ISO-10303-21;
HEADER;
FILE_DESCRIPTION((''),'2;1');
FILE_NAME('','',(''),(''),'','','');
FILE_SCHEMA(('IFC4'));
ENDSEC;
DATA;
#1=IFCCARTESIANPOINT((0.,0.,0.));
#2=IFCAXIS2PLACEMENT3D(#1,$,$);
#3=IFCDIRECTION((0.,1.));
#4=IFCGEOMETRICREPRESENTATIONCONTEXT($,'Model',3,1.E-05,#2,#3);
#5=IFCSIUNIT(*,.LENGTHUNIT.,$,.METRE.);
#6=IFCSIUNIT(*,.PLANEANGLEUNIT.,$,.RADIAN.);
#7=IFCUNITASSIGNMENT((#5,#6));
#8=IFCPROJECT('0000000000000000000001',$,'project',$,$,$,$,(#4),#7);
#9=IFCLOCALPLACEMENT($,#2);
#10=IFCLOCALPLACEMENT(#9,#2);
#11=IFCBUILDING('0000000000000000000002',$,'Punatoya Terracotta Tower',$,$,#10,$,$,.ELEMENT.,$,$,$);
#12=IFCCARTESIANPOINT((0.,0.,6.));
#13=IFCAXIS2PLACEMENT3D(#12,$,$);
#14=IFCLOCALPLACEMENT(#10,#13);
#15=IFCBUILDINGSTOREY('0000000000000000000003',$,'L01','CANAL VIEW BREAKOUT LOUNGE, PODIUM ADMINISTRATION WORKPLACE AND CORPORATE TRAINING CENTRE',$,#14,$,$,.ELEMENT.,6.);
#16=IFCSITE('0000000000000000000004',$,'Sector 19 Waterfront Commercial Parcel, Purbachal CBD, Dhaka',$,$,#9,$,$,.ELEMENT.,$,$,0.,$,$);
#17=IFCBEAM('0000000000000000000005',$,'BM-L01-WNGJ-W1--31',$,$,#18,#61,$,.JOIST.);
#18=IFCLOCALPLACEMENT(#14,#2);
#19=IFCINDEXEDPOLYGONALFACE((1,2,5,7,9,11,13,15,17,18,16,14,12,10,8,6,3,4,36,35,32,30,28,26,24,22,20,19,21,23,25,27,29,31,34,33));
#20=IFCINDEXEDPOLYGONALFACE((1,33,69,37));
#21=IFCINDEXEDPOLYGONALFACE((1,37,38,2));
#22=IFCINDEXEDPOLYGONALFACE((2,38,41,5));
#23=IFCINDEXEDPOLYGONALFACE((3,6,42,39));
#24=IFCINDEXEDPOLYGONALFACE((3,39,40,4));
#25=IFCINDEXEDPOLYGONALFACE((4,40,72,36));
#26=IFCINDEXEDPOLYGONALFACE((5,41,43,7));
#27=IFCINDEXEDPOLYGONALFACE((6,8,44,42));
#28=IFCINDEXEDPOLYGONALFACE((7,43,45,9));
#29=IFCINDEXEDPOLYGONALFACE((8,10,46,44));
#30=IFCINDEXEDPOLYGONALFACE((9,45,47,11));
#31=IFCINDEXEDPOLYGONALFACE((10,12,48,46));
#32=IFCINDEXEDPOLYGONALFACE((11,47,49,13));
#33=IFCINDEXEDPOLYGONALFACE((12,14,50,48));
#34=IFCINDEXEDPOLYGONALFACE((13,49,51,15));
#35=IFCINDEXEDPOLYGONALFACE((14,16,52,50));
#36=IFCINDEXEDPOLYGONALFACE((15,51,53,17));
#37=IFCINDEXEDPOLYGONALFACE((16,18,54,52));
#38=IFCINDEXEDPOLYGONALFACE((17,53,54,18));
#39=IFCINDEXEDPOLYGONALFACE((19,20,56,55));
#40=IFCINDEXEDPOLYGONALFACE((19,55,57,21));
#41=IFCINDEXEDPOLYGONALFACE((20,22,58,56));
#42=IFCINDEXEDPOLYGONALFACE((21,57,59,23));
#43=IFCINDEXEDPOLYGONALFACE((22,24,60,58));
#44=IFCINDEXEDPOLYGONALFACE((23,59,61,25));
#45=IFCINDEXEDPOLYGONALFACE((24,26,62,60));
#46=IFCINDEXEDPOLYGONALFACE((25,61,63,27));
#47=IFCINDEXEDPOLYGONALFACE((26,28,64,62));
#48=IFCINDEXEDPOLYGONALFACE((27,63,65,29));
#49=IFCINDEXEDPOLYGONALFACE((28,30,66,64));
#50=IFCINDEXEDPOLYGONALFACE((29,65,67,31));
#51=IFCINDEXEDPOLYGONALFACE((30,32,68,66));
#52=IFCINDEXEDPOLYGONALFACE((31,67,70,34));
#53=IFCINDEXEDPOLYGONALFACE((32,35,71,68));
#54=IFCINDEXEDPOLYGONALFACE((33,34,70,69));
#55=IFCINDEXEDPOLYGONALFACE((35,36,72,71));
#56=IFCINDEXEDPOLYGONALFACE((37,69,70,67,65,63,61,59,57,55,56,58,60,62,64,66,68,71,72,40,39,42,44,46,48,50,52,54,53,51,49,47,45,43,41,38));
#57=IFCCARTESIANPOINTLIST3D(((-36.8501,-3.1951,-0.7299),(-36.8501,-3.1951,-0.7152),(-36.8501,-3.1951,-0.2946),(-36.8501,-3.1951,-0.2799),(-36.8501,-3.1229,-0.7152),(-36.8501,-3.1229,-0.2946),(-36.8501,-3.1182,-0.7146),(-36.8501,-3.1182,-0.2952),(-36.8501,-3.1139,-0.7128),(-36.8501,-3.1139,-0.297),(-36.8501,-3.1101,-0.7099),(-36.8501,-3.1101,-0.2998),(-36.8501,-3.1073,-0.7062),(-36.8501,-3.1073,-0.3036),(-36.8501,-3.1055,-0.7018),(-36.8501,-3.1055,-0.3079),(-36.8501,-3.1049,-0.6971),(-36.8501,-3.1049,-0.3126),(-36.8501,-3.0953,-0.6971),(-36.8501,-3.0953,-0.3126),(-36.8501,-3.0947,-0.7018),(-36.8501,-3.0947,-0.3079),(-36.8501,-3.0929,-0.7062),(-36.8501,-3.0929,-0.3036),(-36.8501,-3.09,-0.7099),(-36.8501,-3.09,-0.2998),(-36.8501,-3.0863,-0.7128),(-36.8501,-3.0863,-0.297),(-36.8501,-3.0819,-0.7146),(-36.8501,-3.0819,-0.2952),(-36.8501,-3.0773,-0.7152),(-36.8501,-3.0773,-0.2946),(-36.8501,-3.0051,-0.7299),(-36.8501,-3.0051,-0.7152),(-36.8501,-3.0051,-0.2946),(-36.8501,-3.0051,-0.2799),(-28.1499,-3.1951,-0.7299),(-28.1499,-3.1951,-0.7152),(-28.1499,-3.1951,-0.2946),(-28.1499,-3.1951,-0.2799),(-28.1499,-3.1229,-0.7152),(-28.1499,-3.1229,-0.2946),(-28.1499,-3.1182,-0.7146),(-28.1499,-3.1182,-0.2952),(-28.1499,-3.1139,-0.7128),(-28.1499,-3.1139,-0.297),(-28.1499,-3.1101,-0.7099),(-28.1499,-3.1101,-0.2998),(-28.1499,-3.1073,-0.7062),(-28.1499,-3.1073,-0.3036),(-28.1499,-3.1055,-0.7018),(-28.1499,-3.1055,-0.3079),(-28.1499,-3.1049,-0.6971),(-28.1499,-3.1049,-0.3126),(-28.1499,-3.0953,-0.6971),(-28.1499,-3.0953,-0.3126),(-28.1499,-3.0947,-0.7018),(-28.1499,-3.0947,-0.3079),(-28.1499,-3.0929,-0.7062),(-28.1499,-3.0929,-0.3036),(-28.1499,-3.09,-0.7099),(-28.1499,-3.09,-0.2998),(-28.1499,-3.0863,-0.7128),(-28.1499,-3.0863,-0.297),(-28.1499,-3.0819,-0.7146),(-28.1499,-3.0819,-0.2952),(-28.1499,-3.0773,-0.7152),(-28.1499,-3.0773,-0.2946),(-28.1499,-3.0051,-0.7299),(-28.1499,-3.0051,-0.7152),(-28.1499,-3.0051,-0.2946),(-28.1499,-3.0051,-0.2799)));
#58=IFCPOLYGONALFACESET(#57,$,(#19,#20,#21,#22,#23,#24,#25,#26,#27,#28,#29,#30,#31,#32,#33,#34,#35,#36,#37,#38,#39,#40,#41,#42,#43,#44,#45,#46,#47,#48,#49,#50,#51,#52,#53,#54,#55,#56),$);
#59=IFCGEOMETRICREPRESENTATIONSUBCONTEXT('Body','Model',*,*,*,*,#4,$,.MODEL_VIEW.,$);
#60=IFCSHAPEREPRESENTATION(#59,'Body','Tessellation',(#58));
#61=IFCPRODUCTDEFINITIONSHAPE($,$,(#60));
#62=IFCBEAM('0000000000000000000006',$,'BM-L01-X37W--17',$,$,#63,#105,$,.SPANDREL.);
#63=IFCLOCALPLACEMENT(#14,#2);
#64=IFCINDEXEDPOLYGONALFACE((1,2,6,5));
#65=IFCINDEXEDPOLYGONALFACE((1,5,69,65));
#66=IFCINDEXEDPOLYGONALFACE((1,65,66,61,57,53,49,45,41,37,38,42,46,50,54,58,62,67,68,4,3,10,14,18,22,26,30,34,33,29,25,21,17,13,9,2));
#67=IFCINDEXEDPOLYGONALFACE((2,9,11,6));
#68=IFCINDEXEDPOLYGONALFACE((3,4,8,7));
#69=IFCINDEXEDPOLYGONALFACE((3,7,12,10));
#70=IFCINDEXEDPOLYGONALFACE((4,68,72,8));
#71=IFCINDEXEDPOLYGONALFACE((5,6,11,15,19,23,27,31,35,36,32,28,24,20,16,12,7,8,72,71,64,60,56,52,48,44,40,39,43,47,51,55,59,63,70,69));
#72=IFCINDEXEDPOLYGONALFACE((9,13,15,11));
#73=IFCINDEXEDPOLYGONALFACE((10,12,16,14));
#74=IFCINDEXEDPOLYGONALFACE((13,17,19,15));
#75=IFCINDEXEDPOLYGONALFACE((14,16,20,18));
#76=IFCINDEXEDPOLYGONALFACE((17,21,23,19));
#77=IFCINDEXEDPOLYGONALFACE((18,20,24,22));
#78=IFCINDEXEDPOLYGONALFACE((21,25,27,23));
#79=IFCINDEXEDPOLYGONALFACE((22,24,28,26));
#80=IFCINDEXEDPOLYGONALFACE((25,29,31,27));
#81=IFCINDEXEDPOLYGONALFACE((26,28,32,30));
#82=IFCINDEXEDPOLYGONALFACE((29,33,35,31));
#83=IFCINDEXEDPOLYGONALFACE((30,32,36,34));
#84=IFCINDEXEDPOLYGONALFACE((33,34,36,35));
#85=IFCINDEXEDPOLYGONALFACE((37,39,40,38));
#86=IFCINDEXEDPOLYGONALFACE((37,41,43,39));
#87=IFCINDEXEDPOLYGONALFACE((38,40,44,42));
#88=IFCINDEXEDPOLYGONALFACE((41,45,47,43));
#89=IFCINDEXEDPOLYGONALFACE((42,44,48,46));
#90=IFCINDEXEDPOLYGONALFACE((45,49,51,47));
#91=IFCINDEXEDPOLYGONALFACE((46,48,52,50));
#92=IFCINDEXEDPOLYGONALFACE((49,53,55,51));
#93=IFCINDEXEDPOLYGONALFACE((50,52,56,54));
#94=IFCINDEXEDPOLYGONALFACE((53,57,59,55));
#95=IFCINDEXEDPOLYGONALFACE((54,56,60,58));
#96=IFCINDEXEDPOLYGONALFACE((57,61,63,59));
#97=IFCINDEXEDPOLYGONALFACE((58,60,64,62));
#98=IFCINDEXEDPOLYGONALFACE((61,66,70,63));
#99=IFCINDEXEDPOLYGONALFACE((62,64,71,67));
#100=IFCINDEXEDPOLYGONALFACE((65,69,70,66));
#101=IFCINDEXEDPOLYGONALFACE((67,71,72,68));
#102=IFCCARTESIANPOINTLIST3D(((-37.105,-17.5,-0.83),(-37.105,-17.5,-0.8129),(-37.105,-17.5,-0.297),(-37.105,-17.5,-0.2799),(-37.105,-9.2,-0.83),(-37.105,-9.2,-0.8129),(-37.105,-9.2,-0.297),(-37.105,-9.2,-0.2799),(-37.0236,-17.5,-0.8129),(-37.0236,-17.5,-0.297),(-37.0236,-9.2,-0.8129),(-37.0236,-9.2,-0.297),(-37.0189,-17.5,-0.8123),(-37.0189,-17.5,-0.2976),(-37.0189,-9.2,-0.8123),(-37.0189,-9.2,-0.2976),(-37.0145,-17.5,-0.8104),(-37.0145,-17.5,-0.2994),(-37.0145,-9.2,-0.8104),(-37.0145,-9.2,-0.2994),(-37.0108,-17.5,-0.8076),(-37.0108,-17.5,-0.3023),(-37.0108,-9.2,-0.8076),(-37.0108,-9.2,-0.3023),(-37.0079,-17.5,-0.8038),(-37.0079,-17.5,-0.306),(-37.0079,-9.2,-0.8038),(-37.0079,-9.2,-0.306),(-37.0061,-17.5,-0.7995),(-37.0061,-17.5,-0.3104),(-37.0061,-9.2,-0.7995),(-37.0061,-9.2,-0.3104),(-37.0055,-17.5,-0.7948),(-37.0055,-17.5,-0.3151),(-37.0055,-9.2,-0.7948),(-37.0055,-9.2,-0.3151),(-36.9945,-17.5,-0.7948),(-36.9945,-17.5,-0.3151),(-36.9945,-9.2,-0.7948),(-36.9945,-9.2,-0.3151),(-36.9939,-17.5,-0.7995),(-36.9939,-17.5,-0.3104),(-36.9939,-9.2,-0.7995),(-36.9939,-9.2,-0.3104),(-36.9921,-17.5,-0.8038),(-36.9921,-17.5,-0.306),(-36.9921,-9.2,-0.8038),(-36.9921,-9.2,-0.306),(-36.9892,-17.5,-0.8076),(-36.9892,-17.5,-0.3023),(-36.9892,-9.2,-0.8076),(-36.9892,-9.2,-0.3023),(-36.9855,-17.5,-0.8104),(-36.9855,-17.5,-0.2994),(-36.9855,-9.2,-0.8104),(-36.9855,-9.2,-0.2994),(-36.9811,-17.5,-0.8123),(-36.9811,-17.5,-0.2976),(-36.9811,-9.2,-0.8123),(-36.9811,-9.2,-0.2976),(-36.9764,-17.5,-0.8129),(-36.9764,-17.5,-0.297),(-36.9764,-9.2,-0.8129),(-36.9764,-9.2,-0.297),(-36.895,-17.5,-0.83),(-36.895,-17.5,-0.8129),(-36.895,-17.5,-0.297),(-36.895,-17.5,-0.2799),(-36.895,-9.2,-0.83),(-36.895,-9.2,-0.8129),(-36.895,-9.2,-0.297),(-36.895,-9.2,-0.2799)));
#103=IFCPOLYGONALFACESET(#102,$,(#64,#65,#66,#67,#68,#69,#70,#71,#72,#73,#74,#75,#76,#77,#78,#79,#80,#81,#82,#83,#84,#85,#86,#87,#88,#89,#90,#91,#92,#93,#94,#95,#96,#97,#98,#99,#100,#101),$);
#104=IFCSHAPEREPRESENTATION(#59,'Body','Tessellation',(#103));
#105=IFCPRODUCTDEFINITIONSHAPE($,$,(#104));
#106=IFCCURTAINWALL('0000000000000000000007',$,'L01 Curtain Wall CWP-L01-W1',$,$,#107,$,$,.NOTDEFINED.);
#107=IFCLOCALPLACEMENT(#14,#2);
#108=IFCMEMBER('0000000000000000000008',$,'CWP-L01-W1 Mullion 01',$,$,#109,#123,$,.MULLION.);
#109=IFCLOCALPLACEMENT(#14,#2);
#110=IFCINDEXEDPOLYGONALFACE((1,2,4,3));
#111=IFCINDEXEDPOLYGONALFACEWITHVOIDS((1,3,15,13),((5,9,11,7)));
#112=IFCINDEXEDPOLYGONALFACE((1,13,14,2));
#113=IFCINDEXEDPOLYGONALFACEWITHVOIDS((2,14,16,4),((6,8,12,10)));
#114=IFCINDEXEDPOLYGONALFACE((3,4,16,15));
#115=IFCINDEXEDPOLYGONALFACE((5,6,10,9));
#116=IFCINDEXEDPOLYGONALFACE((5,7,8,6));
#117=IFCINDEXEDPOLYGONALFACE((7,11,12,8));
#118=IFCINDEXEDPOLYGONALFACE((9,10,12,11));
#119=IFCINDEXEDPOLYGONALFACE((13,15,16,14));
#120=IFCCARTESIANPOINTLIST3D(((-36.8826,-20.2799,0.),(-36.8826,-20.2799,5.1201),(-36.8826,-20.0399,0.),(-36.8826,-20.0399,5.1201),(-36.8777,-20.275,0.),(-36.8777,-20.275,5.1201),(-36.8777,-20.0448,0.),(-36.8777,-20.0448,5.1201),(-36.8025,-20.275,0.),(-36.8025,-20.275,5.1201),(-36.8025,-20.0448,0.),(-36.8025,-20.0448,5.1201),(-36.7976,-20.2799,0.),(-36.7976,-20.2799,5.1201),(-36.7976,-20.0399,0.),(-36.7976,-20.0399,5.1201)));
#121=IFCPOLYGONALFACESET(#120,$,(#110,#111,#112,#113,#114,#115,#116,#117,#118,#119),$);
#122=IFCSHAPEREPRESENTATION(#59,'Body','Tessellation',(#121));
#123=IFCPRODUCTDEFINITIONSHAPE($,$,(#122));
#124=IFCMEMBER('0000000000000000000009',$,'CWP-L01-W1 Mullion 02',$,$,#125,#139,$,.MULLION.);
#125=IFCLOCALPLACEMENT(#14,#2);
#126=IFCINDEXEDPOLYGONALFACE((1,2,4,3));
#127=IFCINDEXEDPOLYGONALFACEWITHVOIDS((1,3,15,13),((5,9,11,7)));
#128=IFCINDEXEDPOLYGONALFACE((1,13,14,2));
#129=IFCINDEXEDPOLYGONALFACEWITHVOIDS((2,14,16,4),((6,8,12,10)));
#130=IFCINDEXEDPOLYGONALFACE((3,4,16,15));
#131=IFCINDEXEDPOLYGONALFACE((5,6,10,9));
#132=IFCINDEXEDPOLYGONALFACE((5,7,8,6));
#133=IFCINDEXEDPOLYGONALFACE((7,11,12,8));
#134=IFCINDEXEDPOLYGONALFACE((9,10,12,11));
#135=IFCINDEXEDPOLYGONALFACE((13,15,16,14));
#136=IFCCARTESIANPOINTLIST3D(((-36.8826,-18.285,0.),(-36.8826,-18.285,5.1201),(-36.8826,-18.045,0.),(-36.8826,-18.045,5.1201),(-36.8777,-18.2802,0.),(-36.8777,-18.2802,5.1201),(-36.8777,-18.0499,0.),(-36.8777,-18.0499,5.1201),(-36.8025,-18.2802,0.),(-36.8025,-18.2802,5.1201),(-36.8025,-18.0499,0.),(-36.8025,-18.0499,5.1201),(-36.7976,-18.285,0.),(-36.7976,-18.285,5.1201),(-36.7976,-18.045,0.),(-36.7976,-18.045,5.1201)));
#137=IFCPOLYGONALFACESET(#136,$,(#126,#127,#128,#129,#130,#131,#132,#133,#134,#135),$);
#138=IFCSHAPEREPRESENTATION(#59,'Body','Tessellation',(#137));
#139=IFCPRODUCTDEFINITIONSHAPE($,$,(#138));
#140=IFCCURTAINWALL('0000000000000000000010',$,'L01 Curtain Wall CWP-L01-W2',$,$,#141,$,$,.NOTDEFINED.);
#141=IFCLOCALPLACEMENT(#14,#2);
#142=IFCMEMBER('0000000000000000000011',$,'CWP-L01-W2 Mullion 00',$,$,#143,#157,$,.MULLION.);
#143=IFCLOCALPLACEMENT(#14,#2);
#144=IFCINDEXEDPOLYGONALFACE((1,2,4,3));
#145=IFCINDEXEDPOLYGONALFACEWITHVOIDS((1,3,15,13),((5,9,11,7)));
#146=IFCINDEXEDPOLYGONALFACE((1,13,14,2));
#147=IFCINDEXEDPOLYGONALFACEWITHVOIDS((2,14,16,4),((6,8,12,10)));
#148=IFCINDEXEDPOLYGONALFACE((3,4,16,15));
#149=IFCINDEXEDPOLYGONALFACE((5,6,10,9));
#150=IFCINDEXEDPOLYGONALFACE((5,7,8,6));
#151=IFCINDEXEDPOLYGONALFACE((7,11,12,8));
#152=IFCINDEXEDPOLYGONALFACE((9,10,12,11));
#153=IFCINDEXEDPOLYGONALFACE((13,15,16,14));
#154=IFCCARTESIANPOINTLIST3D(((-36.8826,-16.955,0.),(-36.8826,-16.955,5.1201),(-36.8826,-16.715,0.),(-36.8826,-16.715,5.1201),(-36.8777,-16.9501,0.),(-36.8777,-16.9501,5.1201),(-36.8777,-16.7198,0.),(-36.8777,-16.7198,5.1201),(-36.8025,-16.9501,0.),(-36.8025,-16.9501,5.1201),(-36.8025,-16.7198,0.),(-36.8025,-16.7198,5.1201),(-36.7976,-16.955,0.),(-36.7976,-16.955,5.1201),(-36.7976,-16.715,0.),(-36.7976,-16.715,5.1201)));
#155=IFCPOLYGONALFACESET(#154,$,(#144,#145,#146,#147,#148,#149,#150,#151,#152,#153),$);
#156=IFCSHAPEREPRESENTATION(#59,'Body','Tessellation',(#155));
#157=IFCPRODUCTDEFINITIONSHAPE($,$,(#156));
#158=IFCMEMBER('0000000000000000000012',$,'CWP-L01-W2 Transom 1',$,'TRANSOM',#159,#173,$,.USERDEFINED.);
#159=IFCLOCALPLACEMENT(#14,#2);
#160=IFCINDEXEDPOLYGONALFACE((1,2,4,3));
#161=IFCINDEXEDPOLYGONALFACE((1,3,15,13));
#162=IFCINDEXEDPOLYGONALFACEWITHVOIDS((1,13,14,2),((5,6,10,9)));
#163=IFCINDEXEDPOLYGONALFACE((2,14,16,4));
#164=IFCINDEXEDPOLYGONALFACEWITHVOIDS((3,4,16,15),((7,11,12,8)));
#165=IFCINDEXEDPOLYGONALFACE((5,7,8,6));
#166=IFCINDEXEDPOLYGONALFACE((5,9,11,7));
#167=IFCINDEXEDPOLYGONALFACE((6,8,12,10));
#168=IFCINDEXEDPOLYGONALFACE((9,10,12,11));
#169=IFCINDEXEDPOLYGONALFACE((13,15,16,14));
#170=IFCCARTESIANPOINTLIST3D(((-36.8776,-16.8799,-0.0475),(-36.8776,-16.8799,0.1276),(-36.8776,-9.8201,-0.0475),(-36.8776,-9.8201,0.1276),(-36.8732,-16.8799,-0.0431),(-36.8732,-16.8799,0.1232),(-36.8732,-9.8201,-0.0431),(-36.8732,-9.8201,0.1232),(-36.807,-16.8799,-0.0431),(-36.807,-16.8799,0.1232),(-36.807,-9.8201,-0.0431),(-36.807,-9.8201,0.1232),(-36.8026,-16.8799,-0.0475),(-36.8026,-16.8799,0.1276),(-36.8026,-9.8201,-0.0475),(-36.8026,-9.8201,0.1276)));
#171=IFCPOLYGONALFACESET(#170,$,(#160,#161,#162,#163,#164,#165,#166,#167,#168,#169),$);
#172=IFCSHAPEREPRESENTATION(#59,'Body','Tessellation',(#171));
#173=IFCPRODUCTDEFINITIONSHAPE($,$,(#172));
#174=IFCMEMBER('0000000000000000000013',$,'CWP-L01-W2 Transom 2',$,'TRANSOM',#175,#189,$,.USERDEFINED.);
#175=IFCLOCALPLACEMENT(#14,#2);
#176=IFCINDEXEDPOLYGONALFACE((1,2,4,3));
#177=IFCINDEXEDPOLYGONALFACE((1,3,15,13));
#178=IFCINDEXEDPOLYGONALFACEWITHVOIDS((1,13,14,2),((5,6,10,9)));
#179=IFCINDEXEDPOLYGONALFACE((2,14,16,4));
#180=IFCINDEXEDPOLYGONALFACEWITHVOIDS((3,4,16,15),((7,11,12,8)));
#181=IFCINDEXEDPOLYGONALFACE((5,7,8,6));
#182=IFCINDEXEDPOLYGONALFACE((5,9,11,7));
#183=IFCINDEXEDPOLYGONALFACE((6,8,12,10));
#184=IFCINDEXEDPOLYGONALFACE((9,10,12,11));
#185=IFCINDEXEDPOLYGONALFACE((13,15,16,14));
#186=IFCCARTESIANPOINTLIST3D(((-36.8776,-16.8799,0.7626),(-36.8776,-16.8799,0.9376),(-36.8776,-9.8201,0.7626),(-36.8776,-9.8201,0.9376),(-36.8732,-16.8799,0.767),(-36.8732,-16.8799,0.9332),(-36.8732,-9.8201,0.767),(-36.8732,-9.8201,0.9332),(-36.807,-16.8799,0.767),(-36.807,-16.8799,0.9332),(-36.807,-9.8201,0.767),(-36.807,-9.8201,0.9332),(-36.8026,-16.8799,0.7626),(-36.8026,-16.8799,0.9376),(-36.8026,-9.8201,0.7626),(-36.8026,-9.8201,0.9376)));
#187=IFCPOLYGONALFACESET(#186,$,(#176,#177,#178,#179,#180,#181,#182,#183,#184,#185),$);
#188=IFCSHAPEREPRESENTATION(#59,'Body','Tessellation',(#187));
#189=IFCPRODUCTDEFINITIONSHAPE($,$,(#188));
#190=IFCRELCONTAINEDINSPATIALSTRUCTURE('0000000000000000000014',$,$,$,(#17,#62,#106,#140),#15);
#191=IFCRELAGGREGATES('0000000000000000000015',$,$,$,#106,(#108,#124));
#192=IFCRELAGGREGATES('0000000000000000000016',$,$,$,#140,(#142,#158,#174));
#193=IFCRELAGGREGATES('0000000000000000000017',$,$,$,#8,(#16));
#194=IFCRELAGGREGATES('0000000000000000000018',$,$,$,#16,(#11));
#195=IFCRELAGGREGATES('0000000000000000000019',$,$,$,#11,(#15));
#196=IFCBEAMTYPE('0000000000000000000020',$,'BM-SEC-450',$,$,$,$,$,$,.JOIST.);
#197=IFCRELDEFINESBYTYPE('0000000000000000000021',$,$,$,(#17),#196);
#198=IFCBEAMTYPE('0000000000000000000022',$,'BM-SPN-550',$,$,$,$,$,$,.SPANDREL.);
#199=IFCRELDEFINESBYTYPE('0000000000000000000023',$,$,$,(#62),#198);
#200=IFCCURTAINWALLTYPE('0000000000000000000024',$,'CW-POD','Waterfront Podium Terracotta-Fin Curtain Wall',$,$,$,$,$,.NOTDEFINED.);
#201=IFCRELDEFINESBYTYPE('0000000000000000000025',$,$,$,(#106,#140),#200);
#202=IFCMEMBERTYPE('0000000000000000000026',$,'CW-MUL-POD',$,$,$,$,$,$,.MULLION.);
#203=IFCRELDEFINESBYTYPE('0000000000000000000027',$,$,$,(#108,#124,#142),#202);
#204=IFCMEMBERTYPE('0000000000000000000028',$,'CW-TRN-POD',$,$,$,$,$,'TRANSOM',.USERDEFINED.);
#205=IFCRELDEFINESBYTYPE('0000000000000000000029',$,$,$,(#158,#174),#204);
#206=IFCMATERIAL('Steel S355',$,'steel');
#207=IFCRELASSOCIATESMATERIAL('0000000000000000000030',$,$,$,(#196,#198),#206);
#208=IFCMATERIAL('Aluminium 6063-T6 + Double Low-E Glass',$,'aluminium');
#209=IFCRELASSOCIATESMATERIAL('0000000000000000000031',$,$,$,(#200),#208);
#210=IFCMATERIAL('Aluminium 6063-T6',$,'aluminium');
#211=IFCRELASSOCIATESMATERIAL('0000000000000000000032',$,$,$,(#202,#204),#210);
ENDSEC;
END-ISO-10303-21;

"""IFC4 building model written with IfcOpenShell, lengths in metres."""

from ifc_helpers import new_model, si_unit, direction, frame, origin, origin_2d, place, context, subcontext, project, spatial, hollow_rectangle, i_section, extrude, material, material_profile, profile_set, type_object, element, aggregate, save


model = new_model("IFC4")

# Units and contexts
model_context = context("Model", 3, precision=1e-05, world=origin(), true_north=direction((0.0, 1.0)))
body_context = subcontext(model_context, "Body", "Model", "MODEL_VIEW")
ifc_project = project(units=[si_unit("LENGTHUNIT", "METRE"), si_unit("PLANEANGLEUNIT", "RADIAN")], contexts=[model_context])

# Site, building, storey
site_placement = place(None, origin())
site = spatial("IfcSite", under=ifc_project, at=site_placement, Name="Sector 19 Waterfront Commercial Parcel, Purbachal CBD, Dhaka", CompositionType="ELEMENT", RefElevation=0.0)
building_placement = place(site_placement, origin())
building = spatial("IfcBuilding", under=site, at=building_placement, Name="Punatoya Terracotta Tower", CompositionType="ELEMENT")
storey_placement = place(building_placement, frame((0.0, 0.0, 6.0)))
storey = spatial("IfcBuildingStorey", under=building, at=storey_placement, Name="L01", Description="CANAL VIEW BREAKOUT LOUNGE, PODIUM ADMINISTRATION WORKPLACE AND CORPORATE TRAINING CENTRE", CompositionType="ELEMENT", Elevation=6.0)

# Beams
ifc_material_1 = material(Name="Steel S355", Category="steel")
ifc_material_profile_1 = material_profile(ifc_material_1, i_section(OverallWidth=0.1899, OverallDepth=0.45, WebThickness=0.0095, FlangeThickness=0.0146, FilletRadius=0.0181, at=origin_2d()))
ifc_profile_set_1 = profile_set([ifc_material_profile_1], Name="Steel S355")
beam_type_1 = type_object("IfcBeamType", Name="BM-SEC-450", PredefinedType="JOIST", material=ifc_profile_set_1)
beam_1_placement = place(storey_placement, frame((-36.8501, -3.1001, -0.5049), z_axis=(1.0, 0.0, 0.0), x_axis=(0.0, 1.0, 0.0)))
element("IfcBeam", 1, at=beam_1_placement, inside=storey, type_object=beam_type_1, Name="BM-L01-WNGJ-W1--31", PredefinedType="JOIST", context=body_context, shape_type="SweptSolid", body=[
    extrude(i_section(OverallWidth=0.1899, OverallDepth=0.45, WebThickness=0.0095, FlangeThickness=0.0146, FilletRadius=0.0181, at=origin_2d()), origin(), (0.0, 0.0, 1.0), 8.7002),
])
ifc_material_profile_2 = material_profile(ifc_material_1, i_section(OverallWidth=0.21, OverallDepth=0.55, WebThickness=0.011, FlangeThickness=0.0171, FilletRadius=0.0181, at=origin_2d()))
ifc_profile_set_2 = profile_set([ifc_material_profile_2], Name="Steel S355")
beam_type_2 = type_object("IfcBeamType", Name="BM-SPN-550", PredefinedType="SPANDREL", material=ifc_profile_set_2)
beam_2_placement = place(storey_placement, frame((-37.0, -17.5, -0.5549), z_axis=(0.0, 1.0, 0.0), x_axis=(-1.0, 0.0, 0.0)))
element("IfcBeam", 2, at=beam_2_placement, inside=storey, type_object=beam_type_2, Name="BM-L01-X37W--17", PredefinedType="SPANDREL", context=body_context, shape_type="SweptSolid", body=[
    extrude(i_section(OverallWidth=0.21, OverallDepth=0.55, WebThickness=0.011, FlangeThickness=0.0171, FilletRadius=0.0181, at=origin_2d()), origin(), (0.0, 0.0, 1.0), 8.3),
])

# Curtain walls, members
ifc_material_2 = material(Name="Aluminium 6063-T6 + Double Low-E Glass", Category="aluminium")
curtain_wall_type = type_object("IfcCurtainWallType", Name="CW-POD", Description="Waterfront Podium Terracotta-Fin Curtain Wall", PredefinedType="NOTDEFINED", material=ifc_material_2)
curtain_wall_1_placement = place(storey_placement, origin())
curtain_wall_1 = element("IfcCurtainWall", 3, at=curtain_wall_1_placement, inside=storey, type_object=curtain_wall_type, Name="L01 Curtain Wall CWP-L01-W1", PredefinedType="NOTDEFINED")
ifc_material_3 = material(Name="Aluminium 6063-T6", Category="aluminium")
ifc_material_profile_3 = material_profile(ifc_material_3, hollow_rectangle(XDim=0.085, YDim=0.24, WallThickness=0.0049, at=origin_2d()))
ifc_profile_set_3 = profile_set([ifc_material_profile_3], Name="Aluminium 6063-T6")
member_type_1 = type_object("IfcMemberType", Name="CW-MUL-POD", PredefinedType="MULLION", material=ifc_profile_set_3)
member_1_placement = place(storey_placement, frame((-36.8401, -20.1599, 0.0), z_axis=(0.0, 0.0, 1.0), x_axis=(1.0, 0.0, 0.0)))
member_1 = element("IfcMember", 4, at=member_1_placement, type_object=member_type_1, Name="CWP-L01-W1 Mullion 01", PredefinedType="MULLION", context=body_context, shape_type="SweptSolid", body=[
    extrude(hollow_rectangle(XDim=0.085, YDim=0.24, WallThickness=0.0049, at=origin_2d()), origin(), (0.0, 0.0, 1.0), 5.1201),
])
member_2_placement = place(storey_placement, frame((-36.8401, -18.165, 0.0), z_axis=(0.0, 0.0, 1.0), x_axis=(1.0, 0.0, 0.0)))
member_2 = element("IfcMember", 5, at=member_2_placement, type_object=member_type_1, Name="CWP-L01-W1 Mullion 02", PredefinedType="MULLION", context=body_context, shape_type="SweptSolid", body=[
    extrude(hollow_rectangle(XDim=0.085, YDim=0.24, WallThickness=0.0049, at=origin_2d()), origin(), (0.0, 0.0, 1.0), 5.1201),
])
curtain_wall_2_placement = place(storey_placement, origin())
curtain_wall_2 = element("IfcCurtainWall", 6, at=curtain_wall_2_placement, inside=storey, type_object=curtain_wall_type, Name="L01 Curtain Wall CWP-L01-W2", PredefinedType="NOTDEFINED")
member_3_placement = place(storey_placement, frame((-36.8401, -16.835, 0.0), z_axis=(0.0, 0.0, 1.0), x_axis=(1.0, 0.0, 0.0)))
member_3 = element("IfcMember", 7, at=member_3_placement, type_object=member_type_1, Name="CWP-L01-W2 Mullion 00", PredefinedType="MULLION", context=body_context, shape_type="SweptSolid", body=[
    extrude(hollow_rectangle(XDim=0.085, YDim=0.24, WallThickness=0.0049, at=origin_2d()), origin(), (0.0, 0.0, 1.0), 5.1201),
])
ifc_material_profile_4 = material_profile(ifc_material_3, hollow_rectangle(XDim=0.075, YDim=0.175, WallThickness=0.0044, at=origin_2d()))
ifc_profile_set_4 = profile_set([ifc_material_profile_4], Name="Aluminium 6063-T6")
member_type_2 = type_object("IfcMemberType", Name="CW-TRN-POD", ElementType="TRANSOM", PredefinedType="USERDEFINED", material=ifc_profile_set_4)
member_4_placement = place(storey_placement, frame((-36.8401, -16.8799, 0.04), z_axis=(0.0, 1.0, 0.0), x_axis=(-1.0, 0.0, 0.0)))
member_4 = element("IfcMember", 8, at=member_4_placement, type_object=member_type_2, Name="CWP-L01-W2 Transom 1", ObjectType="TRANSOM", PredefinedType="USERDEFINED", context=body_context, shape_type="SweptSolid", body=[
    extrude(hollow_rectangle(XDim=0.075, YDim=0.175, WallThickness=0.0044, at=origin_2d()), origin(), (0.0, 0.0, 1.0), 7.0598),
])
member_5_placement = place(storey_placement, frame((-36.8401, -16.8799, 0.8501), z_axis=(0.0, 1.0, 0.0), x_axis=(-1.0, 0.0, 0.0)))
member_5 = element("IfcMember", 9, at=member_5_placement, type_object=member_type_2, Name="CWP-L01-W2 Transom 2", ObjectType="TRANSOM", PredefinedType="USERDEFINED", context=body_context, shape_type="SweptSolid", body=[
    extrude(hollow_rectangle(XDim=0.075, YDim=0.175, WallThickness=0.0044, at=origin_2d()), origin(), (0.0, 0.0, 1.0), 7.0598),
])

aggregate(curtain_wall_1, [member_1, member_2])
aggregate(curtain_wall_2, [member_3, member_4, member_5])

save(model, "model.ifc")
